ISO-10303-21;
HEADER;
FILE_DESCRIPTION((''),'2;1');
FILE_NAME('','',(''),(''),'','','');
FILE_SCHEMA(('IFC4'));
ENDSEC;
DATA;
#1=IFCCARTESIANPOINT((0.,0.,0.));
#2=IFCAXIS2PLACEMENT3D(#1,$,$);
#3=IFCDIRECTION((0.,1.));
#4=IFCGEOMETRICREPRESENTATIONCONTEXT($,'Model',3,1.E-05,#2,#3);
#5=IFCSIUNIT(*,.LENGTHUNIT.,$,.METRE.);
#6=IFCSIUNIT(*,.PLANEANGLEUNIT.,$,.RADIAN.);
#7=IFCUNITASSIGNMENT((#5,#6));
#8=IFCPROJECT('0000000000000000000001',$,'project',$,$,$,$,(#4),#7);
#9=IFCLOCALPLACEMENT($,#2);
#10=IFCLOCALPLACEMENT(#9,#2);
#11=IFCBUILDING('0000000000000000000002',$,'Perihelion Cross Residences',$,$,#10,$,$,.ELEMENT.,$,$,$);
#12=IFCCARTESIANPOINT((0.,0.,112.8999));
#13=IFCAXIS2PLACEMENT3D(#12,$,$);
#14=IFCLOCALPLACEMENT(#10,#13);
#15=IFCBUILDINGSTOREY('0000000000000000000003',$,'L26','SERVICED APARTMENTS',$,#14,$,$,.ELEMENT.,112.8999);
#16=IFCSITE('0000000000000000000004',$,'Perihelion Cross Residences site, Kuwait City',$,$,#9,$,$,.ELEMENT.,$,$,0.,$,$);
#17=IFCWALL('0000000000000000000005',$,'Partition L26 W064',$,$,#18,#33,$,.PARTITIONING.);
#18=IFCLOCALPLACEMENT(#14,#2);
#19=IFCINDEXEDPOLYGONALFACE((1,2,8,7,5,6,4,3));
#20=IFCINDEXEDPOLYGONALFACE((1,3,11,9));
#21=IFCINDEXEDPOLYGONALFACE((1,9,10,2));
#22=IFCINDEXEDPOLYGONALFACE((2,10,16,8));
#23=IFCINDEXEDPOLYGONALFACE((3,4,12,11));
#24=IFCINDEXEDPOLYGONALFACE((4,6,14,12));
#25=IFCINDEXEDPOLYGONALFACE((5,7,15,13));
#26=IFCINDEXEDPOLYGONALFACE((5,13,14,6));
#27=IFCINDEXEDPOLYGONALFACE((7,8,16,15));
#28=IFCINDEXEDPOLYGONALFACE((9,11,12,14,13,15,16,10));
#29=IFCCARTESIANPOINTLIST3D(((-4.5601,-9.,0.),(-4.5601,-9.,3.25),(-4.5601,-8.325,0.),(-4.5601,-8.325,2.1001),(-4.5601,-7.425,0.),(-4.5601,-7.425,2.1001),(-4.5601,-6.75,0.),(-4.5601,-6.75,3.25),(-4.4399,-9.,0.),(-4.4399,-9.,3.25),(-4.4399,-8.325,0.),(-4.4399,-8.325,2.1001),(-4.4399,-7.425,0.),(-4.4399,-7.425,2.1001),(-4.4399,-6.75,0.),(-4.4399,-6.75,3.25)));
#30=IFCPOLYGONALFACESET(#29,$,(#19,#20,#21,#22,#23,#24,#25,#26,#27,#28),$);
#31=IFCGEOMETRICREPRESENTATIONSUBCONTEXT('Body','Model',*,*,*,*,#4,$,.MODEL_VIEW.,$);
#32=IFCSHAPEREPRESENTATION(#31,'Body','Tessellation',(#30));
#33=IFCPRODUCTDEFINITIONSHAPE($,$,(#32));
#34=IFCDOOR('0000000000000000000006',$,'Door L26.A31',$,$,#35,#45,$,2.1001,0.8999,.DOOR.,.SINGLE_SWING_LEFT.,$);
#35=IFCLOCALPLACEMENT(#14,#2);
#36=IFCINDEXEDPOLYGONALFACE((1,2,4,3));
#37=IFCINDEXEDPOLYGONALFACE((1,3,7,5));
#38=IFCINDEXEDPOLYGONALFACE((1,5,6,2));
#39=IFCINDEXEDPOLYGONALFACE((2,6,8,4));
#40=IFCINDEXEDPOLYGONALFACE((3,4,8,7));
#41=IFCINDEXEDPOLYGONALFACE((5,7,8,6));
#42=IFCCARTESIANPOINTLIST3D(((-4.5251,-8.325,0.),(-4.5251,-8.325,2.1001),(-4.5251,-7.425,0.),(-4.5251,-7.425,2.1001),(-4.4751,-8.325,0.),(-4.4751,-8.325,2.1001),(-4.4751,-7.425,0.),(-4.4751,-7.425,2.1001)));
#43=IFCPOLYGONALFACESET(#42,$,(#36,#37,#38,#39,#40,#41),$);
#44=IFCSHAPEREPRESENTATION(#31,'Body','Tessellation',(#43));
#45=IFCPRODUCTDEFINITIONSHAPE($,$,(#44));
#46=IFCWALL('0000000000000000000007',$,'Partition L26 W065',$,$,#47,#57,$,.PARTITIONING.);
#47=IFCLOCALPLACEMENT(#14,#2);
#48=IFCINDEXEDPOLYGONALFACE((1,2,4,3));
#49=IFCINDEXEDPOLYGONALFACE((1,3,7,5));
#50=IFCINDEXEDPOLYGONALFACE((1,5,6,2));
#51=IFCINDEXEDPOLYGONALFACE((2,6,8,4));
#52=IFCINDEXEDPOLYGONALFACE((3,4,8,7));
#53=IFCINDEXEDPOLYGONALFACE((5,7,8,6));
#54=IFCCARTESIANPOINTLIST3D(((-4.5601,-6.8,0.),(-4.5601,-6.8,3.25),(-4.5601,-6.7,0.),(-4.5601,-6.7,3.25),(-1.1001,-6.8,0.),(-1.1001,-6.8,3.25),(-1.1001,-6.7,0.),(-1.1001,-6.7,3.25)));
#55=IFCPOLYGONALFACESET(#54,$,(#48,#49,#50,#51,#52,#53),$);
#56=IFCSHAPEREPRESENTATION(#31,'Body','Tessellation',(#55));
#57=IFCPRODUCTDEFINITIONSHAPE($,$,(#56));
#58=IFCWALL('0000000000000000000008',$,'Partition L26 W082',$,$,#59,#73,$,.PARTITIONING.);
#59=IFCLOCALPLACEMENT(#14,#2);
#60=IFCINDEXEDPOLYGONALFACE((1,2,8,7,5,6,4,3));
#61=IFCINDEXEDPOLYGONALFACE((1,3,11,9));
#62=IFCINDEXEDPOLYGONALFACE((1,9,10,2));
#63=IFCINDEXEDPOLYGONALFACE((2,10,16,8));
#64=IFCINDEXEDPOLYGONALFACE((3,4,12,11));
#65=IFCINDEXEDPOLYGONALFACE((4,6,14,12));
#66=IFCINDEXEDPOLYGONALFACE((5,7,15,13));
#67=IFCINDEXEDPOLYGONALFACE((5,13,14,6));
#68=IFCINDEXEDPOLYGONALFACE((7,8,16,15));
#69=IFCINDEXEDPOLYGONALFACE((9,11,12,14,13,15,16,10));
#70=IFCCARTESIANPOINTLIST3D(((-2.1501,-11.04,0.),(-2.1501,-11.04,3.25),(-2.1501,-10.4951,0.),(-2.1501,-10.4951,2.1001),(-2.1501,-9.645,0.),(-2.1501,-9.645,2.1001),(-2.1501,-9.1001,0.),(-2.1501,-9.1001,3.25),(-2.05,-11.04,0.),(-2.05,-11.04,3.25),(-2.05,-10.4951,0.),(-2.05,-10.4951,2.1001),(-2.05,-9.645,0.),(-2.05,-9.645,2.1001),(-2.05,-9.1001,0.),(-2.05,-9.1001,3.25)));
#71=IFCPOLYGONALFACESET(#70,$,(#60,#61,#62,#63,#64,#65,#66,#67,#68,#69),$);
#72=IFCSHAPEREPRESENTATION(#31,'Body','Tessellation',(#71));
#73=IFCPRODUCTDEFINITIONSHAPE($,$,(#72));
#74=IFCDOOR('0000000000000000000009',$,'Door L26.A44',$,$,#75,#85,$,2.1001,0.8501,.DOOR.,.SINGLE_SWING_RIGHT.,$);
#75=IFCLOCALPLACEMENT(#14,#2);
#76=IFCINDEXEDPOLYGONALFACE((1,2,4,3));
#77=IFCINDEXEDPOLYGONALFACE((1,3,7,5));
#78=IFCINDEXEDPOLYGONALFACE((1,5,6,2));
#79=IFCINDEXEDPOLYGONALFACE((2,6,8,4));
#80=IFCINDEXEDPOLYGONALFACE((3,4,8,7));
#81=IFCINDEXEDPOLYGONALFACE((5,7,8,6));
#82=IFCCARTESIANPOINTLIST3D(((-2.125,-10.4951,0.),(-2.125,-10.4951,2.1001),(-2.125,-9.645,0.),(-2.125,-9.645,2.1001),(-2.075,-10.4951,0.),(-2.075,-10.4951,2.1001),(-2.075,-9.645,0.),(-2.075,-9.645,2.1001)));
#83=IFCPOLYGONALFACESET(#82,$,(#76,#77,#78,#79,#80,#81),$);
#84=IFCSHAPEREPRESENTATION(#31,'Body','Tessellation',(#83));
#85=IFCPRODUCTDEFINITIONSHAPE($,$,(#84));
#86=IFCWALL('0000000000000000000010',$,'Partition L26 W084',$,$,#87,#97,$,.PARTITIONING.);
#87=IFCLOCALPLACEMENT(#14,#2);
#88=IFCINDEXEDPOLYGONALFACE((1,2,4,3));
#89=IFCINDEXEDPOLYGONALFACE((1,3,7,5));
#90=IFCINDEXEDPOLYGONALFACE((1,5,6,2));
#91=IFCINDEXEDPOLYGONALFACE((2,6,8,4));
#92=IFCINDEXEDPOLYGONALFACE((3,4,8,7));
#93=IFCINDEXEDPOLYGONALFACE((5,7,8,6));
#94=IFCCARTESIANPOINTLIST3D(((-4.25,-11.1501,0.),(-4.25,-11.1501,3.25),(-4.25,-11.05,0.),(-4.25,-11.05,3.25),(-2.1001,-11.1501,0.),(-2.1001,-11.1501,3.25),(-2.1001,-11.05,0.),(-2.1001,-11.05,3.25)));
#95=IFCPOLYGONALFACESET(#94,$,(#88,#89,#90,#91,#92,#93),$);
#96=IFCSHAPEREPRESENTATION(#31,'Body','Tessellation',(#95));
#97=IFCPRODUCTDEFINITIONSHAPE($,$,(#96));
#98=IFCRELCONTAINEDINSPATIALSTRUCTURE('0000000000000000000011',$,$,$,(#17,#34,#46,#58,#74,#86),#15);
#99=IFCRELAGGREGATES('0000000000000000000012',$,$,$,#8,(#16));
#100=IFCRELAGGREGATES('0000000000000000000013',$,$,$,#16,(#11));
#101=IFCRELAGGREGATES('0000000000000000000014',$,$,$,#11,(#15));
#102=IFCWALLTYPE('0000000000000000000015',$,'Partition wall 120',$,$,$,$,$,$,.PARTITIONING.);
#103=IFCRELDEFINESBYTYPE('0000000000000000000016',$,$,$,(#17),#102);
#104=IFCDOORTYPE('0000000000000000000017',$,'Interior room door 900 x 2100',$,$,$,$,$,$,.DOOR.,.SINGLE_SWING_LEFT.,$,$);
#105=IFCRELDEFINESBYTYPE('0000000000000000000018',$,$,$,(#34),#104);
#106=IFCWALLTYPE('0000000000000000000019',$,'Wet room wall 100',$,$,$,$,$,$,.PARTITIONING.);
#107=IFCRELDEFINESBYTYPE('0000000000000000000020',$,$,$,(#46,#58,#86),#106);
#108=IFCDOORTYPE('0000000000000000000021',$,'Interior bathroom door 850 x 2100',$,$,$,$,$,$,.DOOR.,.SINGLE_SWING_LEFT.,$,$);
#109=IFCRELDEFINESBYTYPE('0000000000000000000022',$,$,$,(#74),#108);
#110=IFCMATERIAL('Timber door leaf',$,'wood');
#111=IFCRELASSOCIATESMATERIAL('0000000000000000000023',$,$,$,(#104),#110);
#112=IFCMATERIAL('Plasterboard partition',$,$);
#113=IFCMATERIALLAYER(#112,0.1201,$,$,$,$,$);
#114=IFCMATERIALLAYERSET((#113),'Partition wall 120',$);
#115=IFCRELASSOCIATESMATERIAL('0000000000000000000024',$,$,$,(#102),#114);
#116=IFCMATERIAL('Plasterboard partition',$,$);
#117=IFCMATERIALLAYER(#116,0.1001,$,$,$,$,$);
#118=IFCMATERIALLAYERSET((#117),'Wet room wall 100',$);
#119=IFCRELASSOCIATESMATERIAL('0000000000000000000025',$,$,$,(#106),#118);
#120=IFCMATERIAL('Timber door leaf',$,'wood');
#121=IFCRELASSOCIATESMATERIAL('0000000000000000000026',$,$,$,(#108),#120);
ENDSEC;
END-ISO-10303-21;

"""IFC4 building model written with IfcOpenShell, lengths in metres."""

from ifc_helpers import new_model, si_unit, direction, frame, frame_2d, origin, place, context, subcontext, project, spatial, rectangle, extrude, material, layer, layer_set, type_object, element, fill, save


model = new_model("IFC4")

# Units and contexts
model_context = context("Model", 3, precision=1e-05, world=origin(), true_north=direction((0.0, 1.0)))
body_context = subcontext(model_context, "Body", "Model", "MODEL_VIEW")
ifc_project = project(units=[si_unit("LENGTHUNIT", "METRE"), si_unit("PLANEANGLEUNIT", "RADIAN")], contexts=[model_context])

# Site, building, storey
site_placement = place(None, origin())
site = spatial("IfcSite", under=ifc_project, at=site_placement, Name="Perihelion Cross Residences site, Kuwait City", CompositionType="ELEMENT", RefElevation=0.0)
building_placement = place(site_placement, origin())
building = spatial("IfcBuilding", under=site, at=building_placement, Name="Perihelion Cross Residences", CompositionType="ELEMENT")
storey_placement = place(building_placement, frame((0.0, 0.0, 112.8999)))
storey = spatial("IfcBuildingStorey", under=building, at=storey_placement, Name="L26", Description="SERVICED APARTMENTS", CompositionType="ELEMENT", Elevation=112.8999)

# Wall, opening, door
ifc_material_1 = material(Name="Timber door leaf", Category="wood")
door_type_1 = type_object("IfcDoorType", Name="Interior room door 900 x 2100", OperationType="SINGLE_SWING_LEFT", PredefinedType="DOOR", material=ifc_material_1)
ifc_material_2 = material(Name="Plasterboard partition")
ifc_layer_1 = layer(ifc_material_2, 0.1201)
ifc_layer_set_1 = layer_set([ifc_layer_1], Name="Partition wall 120")
wall_type_1 = type_object("IfcWallType", Name="Partition wall 120", PredefinedType="PARTITIONING", material=ifc_layer_set_1)
wall_1_placement = place(storey_placement, frame((-4.5, -6.75, 0.0), z_axis=(0.0, 0.0, 1.0), x_axis=(0.0, -1.0, 0.0)))
wall_1 = element("IfcWall", 1, at=wall_1_placement, inside=storey, type_object=wall_type_1, Name="Partition L26 W064", PredefinedType="PARTITIONING", context=body_context, shape_type="SweptSolid", body=[
    extrude(rectangle(XDim=2.25, YDim=0.1201, at=frame_2d((1.125, 0.0))), origin(), (0.0, 0.0, 1.0), 3.25),
])
opening_1_placement = place(wall_1_placement, frame((0.675, 0.0, 0.0)))
opening_1 = element("IfcOpeningElement", 2, at=opening_1_placement, cuts=wall_1, PredefinedType="OPENING", context=body_context, shape_type="SweptSolid", body=[
    extrude(rectangle(XDim=0.8999, YDim=2.1001, at=frame_2d((0.45, 1.05))), frame((0.0, 0.0701, 0.0), z_axis=(0.0, -1.0, 0.0), x_axis=(1.0, 0.0, 0.0)), (0.0, 0.0, 1.0), 0.1401),
])
door_1_placement = place(opening_1_placement, origin())
door_1 = element("IfcDoor", 3, at=door_1_placement, inside=storey, type_object=door_type_1, Name="Door L26.A31", OperationType="SINGLE_SWING_LEFT", OverallHeight=2.1001, OverallWidth=0.8999, PredefinedType="DOOR", context=body_context, shape_type="SweptSolid", body=[
    extrude(rectangle(XDim=0.8999, YDim=2.1001, at=frame_2d((0.45, 1.05))), frame((0.0, 0.0249, 0.0), z_axis=(0.0, -1.0, 0.0), x_axis=(1.0, 0.0, 0.0)), (0.0, 0.0, 1.0), 0.05),
])
fill(opening_1, door_1)

# Wall
ifc_material_3 = material(Name="Plasterboard partition")
ifc_layer_2 = layer(ifc_material_3, 0.1001)
ifc_layer_set_2 = layer_set([ifc_layer_2], Name="Wet room wall 100")
wall_type_2 = type_object("IfcWallType", Name="Wet room wall 100", PredefinedType="PARTITIONING", material=ifc_layer_set_2)
wall_2_placement = place(storey_placement, frame((-1.1001, -6.75, 0.0), z_axis=(0.0, 0.0, 1.0), x_axis=(-1.0, 0.0, 0.0)))
element("IfcWall", 4, at=wall_2_placement, inside=storey, type_object=wall_type_2, Name="Partition L26 W065", PredefinedType="PARTITIONING", context=body_context, shape_type="SweptSolid", body=[
    extrude(rectangle(XDim=3.46, YDim=0.1001, at=frame_2d((1.73, 0.0))), origin(), (0.0, 0.0, 1.0), 3.25),
])

# Wall, opening, door
wall_3_placement = place(storey_placement, frame((-2.1001, -11.04, 0.0), z_axis=(0.0, 0.0, 1.0), x_axis=(0.0, 1.0, 0.0)))
wall_3 = element("IfcWall", 5, at=wall_3_placement, inside=storey, type_object=wall_type_2, Name="Partition L26 W082", PredefinedType="PARTITIONING", context=body_context, shape_type="SweptSolid", body=[
    extrude(rectangle(XDim=1.9399, YDim=0.1001, at=frame_2d((0.97, 0.0))), origin(), (0.0, 0.0, 1.0), 3.25),
])
opening_2_placement = place(wall_3_placement, frame((0.5449, 0.0, 0.0)))
opening_2 = element("IfcOpeningElement", 6, at=opening_2_placement, cuts=wall_3, PredefinedType="OPENING", context=body_context, shape_type="SweptSolid", body=[
    extrude(rectangle(XDim=0.8501, YDim=2.1001, at=frame_2d((0.425, 1.05))), frame((0.0, 0.0601, 0.0), z_axis=(0.0, -1.0, 0.0), x_axis=(1.0, 0.0, 0.0)), (0.0, 0.0, 1.0), 0.1201),
])
ifc_material_4 = material(Name="Timber door leaf", Category="wood")
door_type_2 = type_object("IfcDoorType", Name="Interior bathroom door 850 x 2100", OperationType="SINGLE_SWING_LEFT", PredefinedType="DOOR", material=ifc_material_4)
door_2_placement = place(opening_2_placement, origin())
door_2 = element("IfcDoor", 7, at=door_2_placement, inside=storey, type_object=door_type_2, Name="Door L26.A44", OperationType="SINGLE_SWING_RIGHT", OverallHeight=2.1001, OverallWidth=0.8501, PredefinedType="DOOR", context=body_context, shape_type="SweptSolid", body=[
    extrude(rectangle(XDim=0.8501, YDim=2.1001, at=frame_2d((0.425, 1.05))), frame((0.0, 0.0249, 0.0), z_axis=(0.0, -1.0, 0.0), x_axis=(1.0, 0.0, 0.0)), (0.0, 0.0, 1.0), 0.05),
])
fill(opening_2, door_2)

# Wall
wall_4_placement = place(storey_placement, frame((-2.1001, -11.1001, 0.0), z_axis=(0.0, 0.0, 1.0), x_axis=(-1.0, 0.0, 0.0)))
element("IfcWall", 8, at=wall_4_placement, inside=storey, type_object=wall_type_2, Name="Partition L26 W084", PredefinedType="PARTITIONING", context=body_context, shape_type="SweptSolid", body=[
    extrude(rectangle(XDim=2.1499, YDim=0.1001, at=frame_2d((1.075, 0.0))), origin(), (0.0, 0.0, 1.0), 3.25),
])

save(model, "model.ifc")
